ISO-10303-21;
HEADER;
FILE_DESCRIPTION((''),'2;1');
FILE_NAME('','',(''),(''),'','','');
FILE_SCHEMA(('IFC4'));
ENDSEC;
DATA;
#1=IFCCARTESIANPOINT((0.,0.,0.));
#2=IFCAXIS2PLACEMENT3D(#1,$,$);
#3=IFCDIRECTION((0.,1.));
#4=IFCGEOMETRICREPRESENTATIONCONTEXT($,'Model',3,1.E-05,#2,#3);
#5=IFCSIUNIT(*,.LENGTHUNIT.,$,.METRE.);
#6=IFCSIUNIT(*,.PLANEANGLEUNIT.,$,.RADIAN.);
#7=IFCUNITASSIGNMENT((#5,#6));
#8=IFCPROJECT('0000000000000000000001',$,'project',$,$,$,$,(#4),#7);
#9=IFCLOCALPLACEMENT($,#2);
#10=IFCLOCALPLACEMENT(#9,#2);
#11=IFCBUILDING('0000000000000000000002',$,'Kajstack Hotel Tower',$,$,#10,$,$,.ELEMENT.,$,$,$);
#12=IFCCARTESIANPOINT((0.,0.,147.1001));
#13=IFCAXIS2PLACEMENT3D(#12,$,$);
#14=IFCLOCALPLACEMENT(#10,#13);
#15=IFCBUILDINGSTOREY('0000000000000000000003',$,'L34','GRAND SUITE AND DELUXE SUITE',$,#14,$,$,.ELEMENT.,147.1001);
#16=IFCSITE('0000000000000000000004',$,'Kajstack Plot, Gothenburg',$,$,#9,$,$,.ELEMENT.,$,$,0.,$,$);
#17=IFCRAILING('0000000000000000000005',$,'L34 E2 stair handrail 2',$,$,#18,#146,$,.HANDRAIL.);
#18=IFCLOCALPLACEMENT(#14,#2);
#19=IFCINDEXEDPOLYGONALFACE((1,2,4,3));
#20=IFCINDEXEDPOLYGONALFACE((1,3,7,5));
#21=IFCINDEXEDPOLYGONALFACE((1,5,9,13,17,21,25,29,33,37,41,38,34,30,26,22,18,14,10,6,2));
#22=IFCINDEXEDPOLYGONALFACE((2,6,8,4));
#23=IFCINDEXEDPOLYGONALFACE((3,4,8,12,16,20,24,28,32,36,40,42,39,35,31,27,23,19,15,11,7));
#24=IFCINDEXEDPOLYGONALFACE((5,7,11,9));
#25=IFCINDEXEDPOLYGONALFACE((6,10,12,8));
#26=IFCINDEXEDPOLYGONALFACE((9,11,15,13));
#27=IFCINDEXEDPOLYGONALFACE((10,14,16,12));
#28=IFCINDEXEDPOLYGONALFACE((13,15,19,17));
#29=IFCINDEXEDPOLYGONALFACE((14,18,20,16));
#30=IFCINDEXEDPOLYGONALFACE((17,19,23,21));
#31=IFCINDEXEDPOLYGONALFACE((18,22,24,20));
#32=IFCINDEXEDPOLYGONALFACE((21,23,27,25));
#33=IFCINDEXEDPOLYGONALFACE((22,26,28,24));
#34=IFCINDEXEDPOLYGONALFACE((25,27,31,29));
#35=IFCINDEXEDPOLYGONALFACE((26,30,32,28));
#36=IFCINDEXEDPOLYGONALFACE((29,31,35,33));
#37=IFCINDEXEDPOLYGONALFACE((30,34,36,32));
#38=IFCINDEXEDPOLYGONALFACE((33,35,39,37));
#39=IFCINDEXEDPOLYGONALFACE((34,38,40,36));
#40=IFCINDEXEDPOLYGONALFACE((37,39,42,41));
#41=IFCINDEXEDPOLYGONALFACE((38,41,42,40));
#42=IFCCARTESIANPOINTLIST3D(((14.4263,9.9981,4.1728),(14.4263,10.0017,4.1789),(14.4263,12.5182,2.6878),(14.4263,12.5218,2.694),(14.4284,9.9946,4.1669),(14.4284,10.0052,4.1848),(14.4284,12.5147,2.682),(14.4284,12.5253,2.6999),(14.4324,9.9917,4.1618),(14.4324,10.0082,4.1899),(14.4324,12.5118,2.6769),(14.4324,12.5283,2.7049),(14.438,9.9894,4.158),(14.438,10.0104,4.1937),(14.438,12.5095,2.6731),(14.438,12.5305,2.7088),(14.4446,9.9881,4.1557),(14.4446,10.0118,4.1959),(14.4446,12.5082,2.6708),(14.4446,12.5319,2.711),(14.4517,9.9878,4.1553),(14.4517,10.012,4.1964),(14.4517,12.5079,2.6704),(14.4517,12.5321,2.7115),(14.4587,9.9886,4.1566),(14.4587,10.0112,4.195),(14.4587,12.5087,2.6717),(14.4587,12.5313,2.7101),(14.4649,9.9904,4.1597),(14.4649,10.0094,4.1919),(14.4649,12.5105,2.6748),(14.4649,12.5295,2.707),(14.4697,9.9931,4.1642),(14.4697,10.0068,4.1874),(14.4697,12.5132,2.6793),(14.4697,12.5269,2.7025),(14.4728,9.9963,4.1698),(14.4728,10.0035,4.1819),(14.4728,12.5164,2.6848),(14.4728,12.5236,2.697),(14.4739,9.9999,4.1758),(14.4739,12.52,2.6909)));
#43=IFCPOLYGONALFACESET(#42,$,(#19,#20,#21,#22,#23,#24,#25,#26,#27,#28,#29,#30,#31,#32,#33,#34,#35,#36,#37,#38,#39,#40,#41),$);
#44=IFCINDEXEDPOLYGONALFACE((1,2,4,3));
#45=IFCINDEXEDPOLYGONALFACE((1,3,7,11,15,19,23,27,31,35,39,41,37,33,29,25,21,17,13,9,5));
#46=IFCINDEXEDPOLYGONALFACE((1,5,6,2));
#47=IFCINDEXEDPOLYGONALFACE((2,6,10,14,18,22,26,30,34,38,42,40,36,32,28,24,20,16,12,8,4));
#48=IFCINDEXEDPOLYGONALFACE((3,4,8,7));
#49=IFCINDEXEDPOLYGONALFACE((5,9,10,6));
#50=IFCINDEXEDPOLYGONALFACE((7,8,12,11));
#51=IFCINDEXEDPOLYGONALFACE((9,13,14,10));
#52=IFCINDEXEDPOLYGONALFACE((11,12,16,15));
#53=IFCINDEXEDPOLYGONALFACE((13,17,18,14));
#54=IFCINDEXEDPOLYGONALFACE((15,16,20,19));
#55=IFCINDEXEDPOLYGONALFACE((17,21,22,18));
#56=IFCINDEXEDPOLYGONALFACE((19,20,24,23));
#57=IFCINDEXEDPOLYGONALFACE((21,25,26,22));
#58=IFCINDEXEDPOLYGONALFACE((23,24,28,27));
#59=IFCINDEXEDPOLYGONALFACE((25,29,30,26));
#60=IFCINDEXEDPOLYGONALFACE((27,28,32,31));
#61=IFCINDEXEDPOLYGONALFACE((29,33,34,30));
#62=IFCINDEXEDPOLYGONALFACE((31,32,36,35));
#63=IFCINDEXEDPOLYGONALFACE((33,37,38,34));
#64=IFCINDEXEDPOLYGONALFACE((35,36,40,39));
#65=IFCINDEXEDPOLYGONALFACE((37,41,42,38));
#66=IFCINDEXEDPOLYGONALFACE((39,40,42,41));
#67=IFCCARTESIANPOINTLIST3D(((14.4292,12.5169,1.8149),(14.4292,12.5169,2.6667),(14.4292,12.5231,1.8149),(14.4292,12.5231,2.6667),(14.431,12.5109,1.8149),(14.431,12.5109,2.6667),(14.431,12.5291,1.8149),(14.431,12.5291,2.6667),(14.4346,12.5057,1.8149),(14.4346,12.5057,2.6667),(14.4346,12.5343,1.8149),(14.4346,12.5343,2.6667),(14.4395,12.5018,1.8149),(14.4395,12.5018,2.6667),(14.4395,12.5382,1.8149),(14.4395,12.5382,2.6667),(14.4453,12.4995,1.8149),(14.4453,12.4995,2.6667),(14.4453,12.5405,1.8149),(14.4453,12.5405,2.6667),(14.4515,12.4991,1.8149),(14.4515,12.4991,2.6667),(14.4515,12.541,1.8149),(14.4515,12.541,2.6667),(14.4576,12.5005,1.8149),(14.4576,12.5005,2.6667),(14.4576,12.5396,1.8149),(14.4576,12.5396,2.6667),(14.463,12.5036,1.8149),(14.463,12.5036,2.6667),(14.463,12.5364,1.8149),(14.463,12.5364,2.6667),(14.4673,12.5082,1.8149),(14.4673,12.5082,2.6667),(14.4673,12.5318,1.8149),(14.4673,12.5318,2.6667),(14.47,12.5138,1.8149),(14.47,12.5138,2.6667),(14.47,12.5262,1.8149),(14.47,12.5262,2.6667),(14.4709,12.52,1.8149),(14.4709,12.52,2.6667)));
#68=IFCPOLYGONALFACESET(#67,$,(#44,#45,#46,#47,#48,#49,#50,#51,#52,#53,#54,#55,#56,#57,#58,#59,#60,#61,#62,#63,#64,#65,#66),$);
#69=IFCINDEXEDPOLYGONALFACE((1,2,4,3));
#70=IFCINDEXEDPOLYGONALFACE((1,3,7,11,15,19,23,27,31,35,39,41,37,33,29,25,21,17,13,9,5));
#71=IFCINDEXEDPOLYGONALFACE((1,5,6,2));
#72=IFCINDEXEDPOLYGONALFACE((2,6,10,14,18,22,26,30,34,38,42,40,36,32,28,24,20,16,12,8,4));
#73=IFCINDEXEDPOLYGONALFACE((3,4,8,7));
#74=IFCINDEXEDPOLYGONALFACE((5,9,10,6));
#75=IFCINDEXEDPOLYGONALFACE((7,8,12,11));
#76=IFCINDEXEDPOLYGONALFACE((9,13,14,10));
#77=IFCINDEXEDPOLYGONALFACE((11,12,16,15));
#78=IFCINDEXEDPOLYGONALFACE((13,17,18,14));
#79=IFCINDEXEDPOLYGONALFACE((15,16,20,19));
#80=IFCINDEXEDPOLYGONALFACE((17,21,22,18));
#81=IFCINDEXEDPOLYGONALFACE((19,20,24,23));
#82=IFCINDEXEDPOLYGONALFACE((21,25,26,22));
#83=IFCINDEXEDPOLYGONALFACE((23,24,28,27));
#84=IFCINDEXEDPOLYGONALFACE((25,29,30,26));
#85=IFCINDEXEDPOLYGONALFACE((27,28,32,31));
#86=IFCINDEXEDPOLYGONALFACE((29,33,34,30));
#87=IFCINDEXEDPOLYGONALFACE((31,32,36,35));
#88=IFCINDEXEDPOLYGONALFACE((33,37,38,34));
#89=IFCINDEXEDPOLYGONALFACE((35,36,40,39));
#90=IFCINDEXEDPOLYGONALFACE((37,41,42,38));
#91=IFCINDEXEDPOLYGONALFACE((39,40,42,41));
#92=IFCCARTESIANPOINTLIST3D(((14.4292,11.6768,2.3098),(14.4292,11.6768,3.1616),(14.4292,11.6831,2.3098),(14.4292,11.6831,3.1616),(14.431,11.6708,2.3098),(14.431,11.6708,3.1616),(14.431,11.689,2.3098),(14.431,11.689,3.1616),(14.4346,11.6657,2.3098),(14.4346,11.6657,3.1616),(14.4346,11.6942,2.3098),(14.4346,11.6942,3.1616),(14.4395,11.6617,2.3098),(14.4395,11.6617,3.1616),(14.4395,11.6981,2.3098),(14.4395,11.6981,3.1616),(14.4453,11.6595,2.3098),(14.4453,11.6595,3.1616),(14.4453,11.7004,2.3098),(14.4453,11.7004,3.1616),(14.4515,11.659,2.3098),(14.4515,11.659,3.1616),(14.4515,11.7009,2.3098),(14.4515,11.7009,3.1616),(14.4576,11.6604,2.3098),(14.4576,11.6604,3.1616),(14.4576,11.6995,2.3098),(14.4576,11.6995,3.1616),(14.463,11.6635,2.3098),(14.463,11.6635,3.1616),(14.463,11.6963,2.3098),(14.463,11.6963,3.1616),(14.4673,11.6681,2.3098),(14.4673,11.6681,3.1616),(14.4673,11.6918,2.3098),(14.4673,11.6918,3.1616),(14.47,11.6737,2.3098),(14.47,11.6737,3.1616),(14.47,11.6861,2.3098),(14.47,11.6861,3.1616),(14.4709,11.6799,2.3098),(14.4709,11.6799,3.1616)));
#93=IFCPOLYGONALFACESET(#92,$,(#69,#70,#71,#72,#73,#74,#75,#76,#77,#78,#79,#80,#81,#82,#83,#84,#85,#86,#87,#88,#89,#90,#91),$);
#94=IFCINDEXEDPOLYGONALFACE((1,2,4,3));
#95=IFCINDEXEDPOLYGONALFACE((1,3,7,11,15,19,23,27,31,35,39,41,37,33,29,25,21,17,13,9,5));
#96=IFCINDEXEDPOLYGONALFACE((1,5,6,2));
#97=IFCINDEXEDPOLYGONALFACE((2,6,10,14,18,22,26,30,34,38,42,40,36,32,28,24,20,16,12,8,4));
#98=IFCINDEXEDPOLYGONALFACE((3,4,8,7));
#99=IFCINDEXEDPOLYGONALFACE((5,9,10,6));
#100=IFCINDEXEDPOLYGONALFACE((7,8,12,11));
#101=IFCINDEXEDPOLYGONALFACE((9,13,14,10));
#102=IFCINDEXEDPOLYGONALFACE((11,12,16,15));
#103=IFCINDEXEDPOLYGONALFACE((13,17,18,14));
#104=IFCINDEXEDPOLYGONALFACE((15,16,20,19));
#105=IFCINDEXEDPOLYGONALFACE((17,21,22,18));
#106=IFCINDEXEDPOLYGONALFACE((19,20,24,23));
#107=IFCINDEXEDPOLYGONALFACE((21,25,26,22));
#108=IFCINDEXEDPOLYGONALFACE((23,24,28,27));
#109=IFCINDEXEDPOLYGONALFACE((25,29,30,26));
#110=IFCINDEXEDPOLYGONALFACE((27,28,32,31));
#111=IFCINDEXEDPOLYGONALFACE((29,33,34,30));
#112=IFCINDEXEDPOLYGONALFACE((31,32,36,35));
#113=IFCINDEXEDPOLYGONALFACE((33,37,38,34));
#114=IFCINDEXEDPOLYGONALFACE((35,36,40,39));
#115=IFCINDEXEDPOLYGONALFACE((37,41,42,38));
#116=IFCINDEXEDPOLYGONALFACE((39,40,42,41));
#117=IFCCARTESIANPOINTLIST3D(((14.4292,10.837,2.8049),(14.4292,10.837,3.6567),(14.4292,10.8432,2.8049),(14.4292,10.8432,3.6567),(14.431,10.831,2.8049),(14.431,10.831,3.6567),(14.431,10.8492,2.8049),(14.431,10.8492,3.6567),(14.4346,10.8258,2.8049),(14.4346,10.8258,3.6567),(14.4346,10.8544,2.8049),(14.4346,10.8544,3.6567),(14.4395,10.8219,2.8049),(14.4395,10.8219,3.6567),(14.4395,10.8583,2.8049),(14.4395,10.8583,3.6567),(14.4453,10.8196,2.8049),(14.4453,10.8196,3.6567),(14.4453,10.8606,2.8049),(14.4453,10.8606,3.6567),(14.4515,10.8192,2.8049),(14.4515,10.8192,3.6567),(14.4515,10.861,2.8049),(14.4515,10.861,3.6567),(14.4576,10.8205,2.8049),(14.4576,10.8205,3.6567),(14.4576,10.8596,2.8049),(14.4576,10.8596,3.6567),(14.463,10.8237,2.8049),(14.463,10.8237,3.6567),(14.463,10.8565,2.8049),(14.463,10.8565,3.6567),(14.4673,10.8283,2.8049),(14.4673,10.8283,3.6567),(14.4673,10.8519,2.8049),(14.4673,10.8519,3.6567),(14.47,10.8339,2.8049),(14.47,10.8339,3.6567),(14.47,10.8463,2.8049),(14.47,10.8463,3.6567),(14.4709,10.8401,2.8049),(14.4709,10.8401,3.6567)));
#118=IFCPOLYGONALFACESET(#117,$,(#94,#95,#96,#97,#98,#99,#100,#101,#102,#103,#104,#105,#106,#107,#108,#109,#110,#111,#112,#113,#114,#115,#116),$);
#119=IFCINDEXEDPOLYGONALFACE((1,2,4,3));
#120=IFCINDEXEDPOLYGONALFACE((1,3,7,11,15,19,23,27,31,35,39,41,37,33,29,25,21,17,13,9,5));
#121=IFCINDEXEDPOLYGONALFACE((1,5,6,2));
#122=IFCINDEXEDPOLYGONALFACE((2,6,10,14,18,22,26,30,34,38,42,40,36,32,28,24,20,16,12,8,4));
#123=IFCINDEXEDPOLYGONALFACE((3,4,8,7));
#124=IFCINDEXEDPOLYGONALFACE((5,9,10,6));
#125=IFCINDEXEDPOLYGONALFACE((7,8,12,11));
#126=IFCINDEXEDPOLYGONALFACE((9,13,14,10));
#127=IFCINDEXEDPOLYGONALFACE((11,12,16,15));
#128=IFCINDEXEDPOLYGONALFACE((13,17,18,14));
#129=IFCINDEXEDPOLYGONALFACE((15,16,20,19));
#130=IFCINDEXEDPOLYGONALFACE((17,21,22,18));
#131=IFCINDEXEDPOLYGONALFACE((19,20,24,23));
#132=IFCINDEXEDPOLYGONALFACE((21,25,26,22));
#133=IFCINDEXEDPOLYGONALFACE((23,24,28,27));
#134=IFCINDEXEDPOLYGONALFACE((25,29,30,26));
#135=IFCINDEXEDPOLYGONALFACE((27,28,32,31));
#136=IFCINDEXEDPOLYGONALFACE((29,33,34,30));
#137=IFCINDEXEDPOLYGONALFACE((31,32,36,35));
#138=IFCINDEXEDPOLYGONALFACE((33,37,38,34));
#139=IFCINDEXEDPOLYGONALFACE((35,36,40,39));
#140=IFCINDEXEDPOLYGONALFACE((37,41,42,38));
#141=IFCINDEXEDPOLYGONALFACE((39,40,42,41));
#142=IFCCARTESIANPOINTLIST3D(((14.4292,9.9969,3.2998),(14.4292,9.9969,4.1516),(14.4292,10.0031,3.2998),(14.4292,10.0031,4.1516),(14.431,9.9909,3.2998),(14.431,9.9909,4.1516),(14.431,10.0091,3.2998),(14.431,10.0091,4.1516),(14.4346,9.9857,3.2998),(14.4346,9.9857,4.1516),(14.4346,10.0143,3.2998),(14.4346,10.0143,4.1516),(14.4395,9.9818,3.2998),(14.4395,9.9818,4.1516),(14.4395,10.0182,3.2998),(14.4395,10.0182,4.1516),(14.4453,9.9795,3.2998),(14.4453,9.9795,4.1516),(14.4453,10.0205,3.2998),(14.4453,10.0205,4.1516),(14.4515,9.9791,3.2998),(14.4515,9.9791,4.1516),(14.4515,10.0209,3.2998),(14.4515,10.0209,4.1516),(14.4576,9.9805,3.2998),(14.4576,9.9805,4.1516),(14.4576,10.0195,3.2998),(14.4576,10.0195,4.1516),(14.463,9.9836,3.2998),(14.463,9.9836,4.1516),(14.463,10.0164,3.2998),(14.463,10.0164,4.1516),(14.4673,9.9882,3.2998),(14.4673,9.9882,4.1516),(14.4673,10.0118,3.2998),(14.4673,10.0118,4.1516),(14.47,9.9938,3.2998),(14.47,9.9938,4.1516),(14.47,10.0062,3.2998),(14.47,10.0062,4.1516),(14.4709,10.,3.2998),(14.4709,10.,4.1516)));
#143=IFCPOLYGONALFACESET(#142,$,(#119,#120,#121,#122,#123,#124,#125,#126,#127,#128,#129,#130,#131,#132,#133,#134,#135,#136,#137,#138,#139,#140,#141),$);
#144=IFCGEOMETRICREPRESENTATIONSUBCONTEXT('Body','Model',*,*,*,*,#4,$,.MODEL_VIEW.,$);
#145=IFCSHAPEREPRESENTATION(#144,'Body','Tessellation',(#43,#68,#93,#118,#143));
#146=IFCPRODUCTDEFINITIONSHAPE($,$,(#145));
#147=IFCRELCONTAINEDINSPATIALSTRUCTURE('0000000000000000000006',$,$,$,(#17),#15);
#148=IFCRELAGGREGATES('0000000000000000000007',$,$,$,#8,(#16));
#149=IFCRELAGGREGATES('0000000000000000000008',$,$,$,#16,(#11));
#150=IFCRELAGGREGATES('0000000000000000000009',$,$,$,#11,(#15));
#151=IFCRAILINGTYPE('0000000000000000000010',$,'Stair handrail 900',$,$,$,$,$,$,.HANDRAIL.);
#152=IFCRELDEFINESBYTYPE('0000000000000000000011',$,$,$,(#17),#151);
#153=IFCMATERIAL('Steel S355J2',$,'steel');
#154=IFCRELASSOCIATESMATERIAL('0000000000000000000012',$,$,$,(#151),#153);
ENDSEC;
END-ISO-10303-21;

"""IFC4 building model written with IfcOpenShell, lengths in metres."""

from ifc_helpers import new_model, si_unit, direction, frame, origin, origin_2d, place, context, subcontext, project, spatial, circle, extrude, material, type_object, element, save


model = new_model("IFC4")

# Units and contexts
model_context = context("Model", 3, precision=1e-05, world=origin(), true_north=direction((0.0, 1.0)))
body_context = subcontext(model_context, "Body", "Model", "MODEL_VIEW")
ifc_project = project(units=[si_unit("LENGTHUNIT", "METRE"), si_unit("PLANEANGLEUNIT", "RADIAN")], contexts=[model_context])

# Site, building, storey
site_placement = place(None, origin())
site = spatial("IfcSite", under=ifc_project, at=site_placement, Name="Kajstack Plot, Gothenburg", CompositionType="ELEMENT", RefElevation=0.0)
building_placement = place(site_placement, origin())
building = spatial("IfcBuilding", under=site, at=building_placement, Name="Kajstack Hotel Tower", CompositionType="ELEMENT")
storey_placement = place(building_placement, frame((0.0, 0.0, 147.1001)))
storey = spatial("IfcBuildingStorey", under=building, at=storey_placement, Name="L34", Description="GRAND SUITE AND DELUXE SUITE", CompositionType="ELEMENT", Elevation=147.1001)

# Railing
ifc_material_1 = material(Name="Steel S355J2", Category="steel")
railing_type = type_object("IfcRailingType", Name="Stair handrail 900", PredefinedType="HANDRAIL", material=ifc_material_1)
railing_placement = place(storey_placement, frame((14.45, 12.52, 1.8149)))
element("IfcRailing", 1, at=railing_placement, inside=storey, type_object=railing_type, Name="L34 E2 stair handrail 2", PredefinedType="HANDRAIL", context=body_context, shape_type="SweptSolid", body=[
    extrude(circle(Radius=0.0239, at=origin_2d()), frame((0.0, 0.0, 0.876), z_axis=(0.0, -0.861561, 0.507655), x_axis=(1.0, 0.0, 0.0)), (0.0, 0.0, 1.0), 2.925),
    extrude(circle(Radius=0.021, at=origin_2d()), origin(), (0.0, 0.0, 1.0), 0.8518),
    extrude(circle(Radius=0.021, at=origin_2d()), frame((0.0, -0.8401, 0.4949)), (0.0, 0.0, 1.0), 0.8518),
    extrude(circle(Radius=0.021, at=origin_2d()), frame((0.0, -1.6799, 0.99)), (0.0, 0.0, 1.0), 0.8518),
    extrude(circle(Radius=0.021, at=origin_2d()), frame((0.0, -2.52, 1.4849)), (0.0, 0.0, 1.0), 0.8518),
])

save(model, "model.ifc")
